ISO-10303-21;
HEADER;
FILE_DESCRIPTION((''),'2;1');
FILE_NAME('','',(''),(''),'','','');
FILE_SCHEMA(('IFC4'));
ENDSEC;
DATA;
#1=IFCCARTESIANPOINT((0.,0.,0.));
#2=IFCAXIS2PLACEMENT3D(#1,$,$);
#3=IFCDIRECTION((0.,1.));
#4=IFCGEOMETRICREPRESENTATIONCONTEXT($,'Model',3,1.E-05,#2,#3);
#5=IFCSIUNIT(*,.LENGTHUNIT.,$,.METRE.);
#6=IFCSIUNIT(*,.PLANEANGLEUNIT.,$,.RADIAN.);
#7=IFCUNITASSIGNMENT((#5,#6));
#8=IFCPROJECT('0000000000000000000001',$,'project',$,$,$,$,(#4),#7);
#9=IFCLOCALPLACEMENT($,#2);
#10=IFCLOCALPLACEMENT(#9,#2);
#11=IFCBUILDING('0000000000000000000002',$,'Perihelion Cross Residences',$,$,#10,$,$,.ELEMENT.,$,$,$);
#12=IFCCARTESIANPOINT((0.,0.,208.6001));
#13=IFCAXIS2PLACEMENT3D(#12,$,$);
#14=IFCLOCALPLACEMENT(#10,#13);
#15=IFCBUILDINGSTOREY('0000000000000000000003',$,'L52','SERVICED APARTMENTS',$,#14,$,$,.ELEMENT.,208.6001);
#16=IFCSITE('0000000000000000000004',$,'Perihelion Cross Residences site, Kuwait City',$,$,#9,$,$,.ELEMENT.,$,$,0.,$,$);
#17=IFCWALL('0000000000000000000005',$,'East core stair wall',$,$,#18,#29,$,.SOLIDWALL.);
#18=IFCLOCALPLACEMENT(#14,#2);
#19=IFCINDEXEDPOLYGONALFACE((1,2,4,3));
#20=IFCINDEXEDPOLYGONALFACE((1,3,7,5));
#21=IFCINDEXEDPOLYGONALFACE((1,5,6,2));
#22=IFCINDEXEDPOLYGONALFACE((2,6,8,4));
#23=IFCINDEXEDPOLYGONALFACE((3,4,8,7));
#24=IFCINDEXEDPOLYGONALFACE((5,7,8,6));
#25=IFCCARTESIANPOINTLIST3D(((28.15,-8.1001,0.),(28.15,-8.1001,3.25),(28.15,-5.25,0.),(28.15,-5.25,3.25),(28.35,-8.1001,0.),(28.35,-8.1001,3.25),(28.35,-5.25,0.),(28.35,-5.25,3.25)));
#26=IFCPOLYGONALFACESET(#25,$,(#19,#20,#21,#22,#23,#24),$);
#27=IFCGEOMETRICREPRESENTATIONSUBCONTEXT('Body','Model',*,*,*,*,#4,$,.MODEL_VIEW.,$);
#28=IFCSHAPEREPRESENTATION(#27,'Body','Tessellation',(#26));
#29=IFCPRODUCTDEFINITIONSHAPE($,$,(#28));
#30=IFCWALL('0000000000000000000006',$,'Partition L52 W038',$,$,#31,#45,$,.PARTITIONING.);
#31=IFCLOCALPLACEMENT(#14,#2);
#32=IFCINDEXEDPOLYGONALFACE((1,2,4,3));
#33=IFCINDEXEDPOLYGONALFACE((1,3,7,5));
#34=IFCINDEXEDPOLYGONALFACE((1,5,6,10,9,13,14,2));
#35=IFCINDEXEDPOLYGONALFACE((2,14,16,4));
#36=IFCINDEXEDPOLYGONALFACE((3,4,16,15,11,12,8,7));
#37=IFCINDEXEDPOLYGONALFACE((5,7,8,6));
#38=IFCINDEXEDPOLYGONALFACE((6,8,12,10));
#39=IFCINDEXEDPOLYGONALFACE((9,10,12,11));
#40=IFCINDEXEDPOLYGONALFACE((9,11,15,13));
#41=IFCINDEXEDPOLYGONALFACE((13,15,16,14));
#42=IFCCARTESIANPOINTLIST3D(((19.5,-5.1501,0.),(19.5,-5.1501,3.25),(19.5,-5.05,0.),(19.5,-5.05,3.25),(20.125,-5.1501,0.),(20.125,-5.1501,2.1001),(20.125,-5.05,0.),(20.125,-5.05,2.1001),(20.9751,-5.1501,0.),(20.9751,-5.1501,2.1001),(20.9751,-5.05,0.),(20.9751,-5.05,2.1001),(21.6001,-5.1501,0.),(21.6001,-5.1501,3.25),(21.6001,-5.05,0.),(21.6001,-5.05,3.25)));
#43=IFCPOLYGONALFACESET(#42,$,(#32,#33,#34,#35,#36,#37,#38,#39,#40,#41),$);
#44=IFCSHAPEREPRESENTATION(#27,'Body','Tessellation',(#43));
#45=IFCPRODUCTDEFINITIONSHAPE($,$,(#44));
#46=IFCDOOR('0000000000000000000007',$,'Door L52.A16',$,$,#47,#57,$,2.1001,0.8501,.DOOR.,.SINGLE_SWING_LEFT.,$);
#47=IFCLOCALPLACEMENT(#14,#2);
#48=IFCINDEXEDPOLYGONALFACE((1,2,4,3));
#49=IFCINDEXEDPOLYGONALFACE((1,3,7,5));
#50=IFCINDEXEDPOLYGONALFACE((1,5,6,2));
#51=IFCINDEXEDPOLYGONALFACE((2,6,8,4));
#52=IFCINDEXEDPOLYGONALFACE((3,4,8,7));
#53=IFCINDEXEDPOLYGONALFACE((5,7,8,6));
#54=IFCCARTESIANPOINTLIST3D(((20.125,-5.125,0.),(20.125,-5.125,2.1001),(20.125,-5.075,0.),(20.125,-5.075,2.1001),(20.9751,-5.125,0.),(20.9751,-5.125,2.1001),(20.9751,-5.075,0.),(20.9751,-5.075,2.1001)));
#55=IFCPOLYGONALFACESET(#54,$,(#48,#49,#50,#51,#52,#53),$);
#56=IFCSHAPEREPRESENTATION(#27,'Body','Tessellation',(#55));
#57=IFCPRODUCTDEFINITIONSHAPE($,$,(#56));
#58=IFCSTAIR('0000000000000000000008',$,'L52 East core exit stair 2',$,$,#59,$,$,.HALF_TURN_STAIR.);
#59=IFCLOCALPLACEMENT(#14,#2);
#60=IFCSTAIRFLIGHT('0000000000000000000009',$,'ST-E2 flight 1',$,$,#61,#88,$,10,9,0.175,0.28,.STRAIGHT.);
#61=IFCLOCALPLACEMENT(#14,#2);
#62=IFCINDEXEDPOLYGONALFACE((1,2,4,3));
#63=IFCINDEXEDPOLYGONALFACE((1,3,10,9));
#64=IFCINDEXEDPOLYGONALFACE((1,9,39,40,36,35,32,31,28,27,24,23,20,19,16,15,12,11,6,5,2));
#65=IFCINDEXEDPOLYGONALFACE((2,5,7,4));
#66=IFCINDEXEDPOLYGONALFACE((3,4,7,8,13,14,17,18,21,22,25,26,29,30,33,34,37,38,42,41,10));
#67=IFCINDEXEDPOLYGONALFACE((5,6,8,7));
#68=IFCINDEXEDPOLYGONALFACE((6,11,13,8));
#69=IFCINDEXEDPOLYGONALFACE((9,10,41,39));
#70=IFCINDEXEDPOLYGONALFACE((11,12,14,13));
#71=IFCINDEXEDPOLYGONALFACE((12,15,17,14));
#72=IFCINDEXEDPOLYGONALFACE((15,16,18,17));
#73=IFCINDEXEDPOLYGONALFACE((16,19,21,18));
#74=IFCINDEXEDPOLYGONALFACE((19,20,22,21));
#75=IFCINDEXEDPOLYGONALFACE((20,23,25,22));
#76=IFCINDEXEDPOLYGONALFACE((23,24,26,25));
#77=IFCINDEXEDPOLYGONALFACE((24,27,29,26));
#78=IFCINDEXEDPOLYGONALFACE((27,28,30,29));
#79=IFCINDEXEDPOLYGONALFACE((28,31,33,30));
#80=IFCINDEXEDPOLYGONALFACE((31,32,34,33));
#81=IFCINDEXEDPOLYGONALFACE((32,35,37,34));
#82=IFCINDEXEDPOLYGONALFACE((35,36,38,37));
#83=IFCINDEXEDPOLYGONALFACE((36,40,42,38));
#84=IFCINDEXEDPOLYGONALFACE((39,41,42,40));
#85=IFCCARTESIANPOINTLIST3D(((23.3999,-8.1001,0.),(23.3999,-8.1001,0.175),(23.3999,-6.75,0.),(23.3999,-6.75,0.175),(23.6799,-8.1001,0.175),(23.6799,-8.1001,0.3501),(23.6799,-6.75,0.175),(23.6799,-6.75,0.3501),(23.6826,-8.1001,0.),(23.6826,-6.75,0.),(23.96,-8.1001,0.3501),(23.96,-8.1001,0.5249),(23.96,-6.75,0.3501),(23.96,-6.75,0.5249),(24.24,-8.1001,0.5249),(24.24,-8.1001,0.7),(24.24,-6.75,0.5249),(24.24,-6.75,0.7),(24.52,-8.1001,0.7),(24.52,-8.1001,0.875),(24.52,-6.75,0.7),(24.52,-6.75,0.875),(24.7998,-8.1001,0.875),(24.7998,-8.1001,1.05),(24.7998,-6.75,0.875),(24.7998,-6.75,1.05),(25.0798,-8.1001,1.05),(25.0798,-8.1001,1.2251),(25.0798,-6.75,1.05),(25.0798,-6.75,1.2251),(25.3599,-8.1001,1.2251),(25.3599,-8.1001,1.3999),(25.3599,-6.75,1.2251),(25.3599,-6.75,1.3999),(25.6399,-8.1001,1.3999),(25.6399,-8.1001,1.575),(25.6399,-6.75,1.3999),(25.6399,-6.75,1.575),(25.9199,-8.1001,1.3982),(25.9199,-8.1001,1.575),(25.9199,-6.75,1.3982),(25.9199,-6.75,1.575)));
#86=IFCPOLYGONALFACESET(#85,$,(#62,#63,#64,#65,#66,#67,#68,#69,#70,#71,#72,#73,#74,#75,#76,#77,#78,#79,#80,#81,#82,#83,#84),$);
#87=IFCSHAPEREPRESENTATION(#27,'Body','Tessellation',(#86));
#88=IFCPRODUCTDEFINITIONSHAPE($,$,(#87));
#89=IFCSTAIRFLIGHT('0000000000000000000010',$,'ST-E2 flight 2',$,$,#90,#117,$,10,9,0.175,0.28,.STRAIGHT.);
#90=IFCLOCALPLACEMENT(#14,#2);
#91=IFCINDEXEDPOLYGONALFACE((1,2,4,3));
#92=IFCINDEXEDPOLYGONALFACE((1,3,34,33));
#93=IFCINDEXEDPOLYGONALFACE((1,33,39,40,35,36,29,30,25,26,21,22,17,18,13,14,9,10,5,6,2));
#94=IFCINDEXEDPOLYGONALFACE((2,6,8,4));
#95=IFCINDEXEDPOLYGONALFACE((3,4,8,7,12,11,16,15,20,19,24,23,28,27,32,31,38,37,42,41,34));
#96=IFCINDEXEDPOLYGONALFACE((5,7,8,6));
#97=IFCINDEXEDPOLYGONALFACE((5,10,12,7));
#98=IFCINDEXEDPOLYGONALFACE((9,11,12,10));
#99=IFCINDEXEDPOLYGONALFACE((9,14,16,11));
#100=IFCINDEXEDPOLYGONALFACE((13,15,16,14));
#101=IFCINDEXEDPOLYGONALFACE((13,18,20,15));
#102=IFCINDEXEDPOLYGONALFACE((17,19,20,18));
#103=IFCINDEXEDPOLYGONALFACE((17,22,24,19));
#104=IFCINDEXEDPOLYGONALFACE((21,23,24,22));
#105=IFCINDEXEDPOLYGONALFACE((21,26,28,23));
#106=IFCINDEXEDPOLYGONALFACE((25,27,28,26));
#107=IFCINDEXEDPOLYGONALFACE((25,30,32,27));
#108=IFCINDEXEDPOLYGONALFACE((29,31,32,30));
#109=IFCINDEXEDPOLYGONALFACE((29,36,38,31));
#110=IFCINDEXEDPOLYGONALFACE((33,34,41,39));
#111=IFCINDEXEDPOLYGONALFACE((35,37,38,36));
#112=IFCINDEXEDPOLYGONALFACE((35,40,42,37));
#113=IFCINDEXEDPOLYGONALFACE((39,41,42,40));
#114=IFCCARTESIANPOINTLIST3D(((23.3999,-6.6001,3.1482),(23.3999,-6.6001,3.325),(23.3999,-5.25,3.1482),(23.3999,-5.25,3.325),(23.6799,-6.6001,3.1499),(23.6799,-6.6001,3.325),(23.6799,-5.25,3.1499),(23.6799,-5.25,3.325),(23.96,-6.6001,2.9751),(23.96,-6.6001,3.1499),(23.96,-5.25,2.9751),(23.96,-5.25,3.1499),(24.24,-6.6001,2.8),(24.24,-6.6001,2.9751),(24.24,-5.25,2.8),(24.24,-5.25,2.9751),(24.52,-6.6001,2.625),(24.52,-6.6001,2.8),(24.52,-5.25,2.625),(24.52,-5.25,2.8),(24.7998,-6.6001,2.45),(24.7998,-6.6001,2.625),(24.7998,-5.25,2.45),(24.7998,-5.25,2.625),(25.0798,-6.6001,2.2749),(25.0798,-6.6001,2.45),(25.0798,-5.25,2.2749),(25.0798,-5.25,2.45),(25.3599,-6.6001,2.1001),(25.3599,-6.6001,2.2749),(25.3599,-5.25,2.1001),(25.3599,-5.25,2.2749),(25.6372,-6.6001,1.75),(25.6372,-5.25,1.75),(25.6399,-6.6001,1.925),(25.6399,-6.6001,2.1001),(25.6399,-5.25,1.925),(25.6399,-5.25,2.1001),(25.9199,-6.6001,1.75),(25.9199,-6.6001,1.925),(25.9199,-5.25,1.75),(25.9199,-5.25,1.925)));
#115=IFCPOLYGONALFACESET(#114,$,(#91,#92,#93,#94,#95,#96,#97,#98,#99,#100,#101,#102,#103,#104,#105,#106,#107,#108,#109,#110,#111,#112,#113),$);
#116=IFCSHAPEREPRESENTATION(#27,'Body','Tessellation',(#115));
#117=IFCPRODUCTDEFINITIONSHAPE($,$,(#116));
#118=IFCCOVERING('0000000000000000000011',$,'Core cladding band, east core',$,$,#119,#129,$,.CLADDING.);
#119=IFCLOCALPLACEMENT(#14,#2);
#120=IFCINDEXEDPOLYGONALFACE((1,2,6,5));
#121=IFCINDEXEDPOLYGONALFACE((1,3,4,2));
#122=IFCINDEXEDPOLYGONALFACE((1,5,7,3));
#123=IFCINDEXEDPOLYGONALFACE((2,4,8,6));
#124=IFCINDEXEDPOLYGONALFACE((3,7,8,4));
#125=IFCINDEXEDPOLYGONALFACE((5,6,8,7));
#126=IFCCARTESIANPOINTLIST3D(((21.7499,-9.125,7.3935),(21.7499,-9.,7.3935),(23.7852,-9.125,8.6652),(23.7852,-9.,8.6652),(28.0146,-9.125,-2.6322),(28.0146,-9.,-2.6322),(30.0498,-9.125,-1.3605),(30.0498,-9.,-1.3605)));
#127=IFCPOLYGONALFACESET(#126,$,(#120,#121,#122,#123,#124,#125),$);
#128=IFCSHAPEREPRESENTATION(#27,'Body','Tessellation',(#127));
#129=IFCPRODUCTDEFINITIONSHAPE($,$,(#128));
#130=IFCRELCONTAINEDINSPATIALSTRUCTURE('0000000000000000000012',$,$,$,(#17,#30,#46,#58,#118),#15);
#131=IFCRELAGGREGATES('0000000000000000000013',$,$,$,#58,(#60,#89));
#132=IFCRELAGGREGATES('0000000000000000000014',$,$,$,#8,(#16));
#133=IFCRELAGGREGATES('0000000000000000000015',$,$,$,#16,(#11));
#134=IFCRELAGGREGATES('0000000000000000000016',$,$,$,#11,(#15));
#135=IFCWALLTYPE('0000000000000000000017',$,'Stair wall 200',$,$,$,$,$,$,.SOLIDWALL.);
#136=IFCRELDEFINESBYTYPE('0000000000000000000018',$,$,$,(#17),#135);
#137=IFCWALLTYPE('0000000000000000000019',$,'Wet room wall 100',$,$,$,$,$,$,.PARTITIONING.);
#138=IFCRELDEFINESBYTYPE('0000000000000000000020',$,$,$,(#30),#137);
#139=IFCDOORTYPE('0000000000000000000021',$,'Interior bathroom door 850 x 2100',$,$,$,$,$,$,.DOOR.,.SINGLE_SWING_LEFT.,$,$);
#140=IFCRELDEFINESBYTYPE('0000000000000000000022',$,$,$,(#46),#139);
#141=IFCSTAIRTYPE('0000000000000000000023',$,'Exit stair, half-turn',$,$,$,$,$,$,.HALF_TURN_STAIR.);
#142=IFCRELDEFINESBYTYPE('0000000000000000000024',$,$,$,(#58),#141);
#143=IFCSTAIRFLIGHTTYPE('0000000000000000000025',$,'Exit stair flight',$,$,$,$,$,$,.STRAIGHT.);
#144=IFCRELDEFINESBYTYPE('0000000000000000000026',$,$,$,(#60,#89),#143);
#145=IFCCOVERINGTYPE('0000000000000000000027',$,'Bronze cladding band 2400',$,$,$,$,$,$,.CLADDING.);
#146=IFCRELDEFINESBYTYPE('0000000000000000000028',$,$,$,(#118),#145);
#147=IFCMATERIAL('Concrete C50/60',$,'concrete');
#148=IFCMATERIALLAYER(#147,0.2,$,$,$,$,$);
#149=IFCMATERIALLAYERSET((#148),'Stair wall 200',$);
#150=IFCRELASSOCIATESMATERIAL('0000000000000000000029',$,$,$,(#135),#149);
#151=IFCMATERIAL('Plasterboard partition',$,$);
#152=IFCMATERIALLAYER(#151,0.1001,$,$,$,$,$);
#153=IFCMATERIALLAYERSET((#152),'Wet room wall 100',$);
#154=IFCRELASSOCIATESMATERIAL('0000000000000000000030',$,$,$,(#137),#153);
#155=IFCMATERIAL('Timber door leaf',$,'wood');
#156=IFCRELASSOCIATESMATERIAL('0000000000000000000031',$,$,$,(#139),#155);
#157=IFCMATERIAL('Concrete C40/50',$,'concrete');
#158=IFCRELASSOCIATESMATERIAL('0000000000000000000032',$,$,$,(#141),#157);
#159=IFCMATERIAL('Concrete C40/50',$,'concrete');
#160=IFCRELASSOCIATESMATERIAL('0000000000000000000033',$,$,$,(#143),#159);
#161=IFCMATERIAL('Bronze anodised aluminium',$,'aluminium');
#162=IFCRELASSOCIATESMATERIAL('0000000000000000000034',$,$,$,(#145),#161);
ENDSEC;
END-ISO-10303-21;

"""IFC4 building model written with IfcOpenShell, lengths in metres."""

from ifc_helpers import new_model, si_unit, direction, frame, frame_2d, origin, origin_2d, place, context, subcontext, project, spatial, polyline, rectangle, outline, extrude, material, layer, layer_set, material_profile, profile_set, type_object, element, fill, aggregate, save


model = new_model("IFC4")

# Units and contexts
model_context = context("Model", 3, precision=1e-05, world=origin(), true_north=direction((0.0, 1.0)))
body_context = subcontext(model_context, "Body", "Model", "MODEL_VIEW")
ifc_project = project(units=[si_unit("LENGTHUNIT", "METRE"), si_unit("PLANEANGLEUNIT", "RADIAN")], contexts=[model_context])

# Site, building, storey
site_placement = place(None, origin())
site = spatial("IfcSite", under=ifc_project, at=site_placement, Name="Perihelion Cross Residences site, Kuwait City", CompositionType="ELEMENT", RefElevation=0.0)
building_placement = place(site_placement, origin())
building = spatial("IfcBuilding", under=site, at=building_placement, Name="Perihelion Cross Residences", CompositionType="ELEMENT")
storey_placement = place(building_placement, frame((0.0, 0.0, 208.6001)))
storey = spatial("IfcBuildingStorey", under=building, at=storey_placement, Name="L52", Description="SERVICED APARTMENTS", CompositionType="ELEMENT", Elevation=208.6001)

# Shared definitions
ifc_material_1 = material(Name="Concrete C50/60", Category="concrete")
ifc_layer_1 = layer(ifc_material_1, 0.2)
ifc_layer_set_1 = layer_set([ifc_layer_1], Name="Stair wall 200")
wall_type_1 = type_object("IfcWallType", Name="Stair wall 200", PredefinedType="SOLIDWALL", material=ifc_layer_set_1)

# Wall
wall_1_placement = place(storey_placement, frame((28.25, -8.1001, 0.0), z_axis=(0.0, 0.0, 1.0), x_axis=(0.0, 1.0, 0.0)))
element("IfcWall", 1, at=wall_1_placement, inside=storey, type_object=wall_type_1, Name="East core stair wall", PredefinedType="SOLIDWALL", context=body_context, shape_type="SweptSolid", body=[
    extrude(rectangle(XDim=2.8501, YDim=0.2, at=frame_2d((1.425, 0.0))), origin(), (0.0, 0.0, 1.0), 3.25),
])

# Wall, opening, door
ifc_material_2 = material(Name="Plasterboard partition")
ifc_layer_2 = layer(ifc_material_2, 0.1001)
ifc_layer_set_2 = layer_set([ifc_layer_2], Name="Wet room wall 100")
wall_type_2 = type_object("IfcWallType", Name="Wet room wall 100", PredefinedType="PARTITIONING", material=ifc_layer_set_2)
wall_2_placement = place(storey_placement, frame((21.6001, -5.1001, 0.0), z_axis=(0.0, 0.0, 1.0), x_axis=(-1.0, 0.0, 0.0)))
wall_2 = element("IfcWall", 2, at=wall_2_placement, inside=storey, type_object=wall_type_2, Name="Partition L52 W038", PredefinedType="PARTITIONING", context=body_context, shape_type="SweptSolid", body=[
    extrude(rectangle(XDim=2.1001, YDim=0.1001, at=frame_2d((1.05, 0.0))), origin(), (0.0, 0.0, 1.0), 3.25),
])
opening_1_placement = place(wall_2_placement, frame((0.625, 0.0, 0.0)))
opening_1 = element("IfcOpeningElement", 3, at=opening_1_placement, cuts=wall_2, PredefinedType="OPENING", context=body_context, shape_type="SweptSolid", body=[
    extrude(rectangle(XDim=0.8501, YDim=2.1001, at=frame_2d((0.425, 1.05))), frame((0.0, 0.0601, 0.0), z_axis=(0.0, -1.0, 0.0), x_axis=(1.0, 0.0, 0.0)), (0.0, 0.0, 1.0), 0.1201),
])
ifc_material_3 = material(Name="Timber door leaf", Category="wood")
door_type_1 = type_object("IfcDoorType", Name="Interior bathroom door 850 x 2100", OperationType="SINGLE_SWING_LEFT", PredefinedType="DOOR", material=ifc_material_3)
door_1_placement = place(opening_1_placement, origin())
door_1 = element("IfcDoor", 4, at=door_1_placement, inside=storey, type_object=door_type_1, Name="Door L52.A16", OperationType="SINGLE_SWING_LEFT", OverallHeight=2.1001, OverallWidth=0.8501, PredefinedType="DOOR", context=body_context, shape_type="SweptSolid", body=[
    extrude(rectangle(XDim=0.8501, YDim=2.1001, at=frame_2d((0.425, 1.05))), frame((0.0, 0.0249, 0.0), z_axis=(0.0, -1.0, 0.0), x_axis=(1.0, 0.0, 0.0)), (0.0, 0.0, 1.0), 0.05),
])
fill(opening_1, door_1)

# Stair, stair flights
ifc_material_4 = material(Name="Concrete C40/50", Category="concrete")
stair_type = type_object("IfcStairType", Name="Exit stair, half-turn", PredefinedType="HALF_TURN_STAIR", material=ifc_material_4)
stair_placement = place(storey_placement, origin())
stair = element("IfcStair", 5, at=stair_placement, inside=storey, type_object=stair_type, Name="L52 East core exit stair 2", PredefinedType="HALF_TURN_STAIR")
ifc_material_5 = material(Name="Concrete C40/50", Category="concrete")
stair_flight_type = type_object("IfcStairFlightType", Name="Exit stair flight", PredefinedType="STRAIGHT", material=ifc_material_5)
stair_flight_1_placement = place(storey_placement, frame((23.3999, -7.425, 0.0), z_axis=(0.0, 0.0, 1.0), x_axis=(1.0, 0.0, 0.0)))
stair_flight_1 = element("IfcStairFlight", 6, at=stair_flight_1_placement, type_object=stair_flight_type, Name="ST-E2 flight 1", NumberOfRisers=10, NumberOfTreads=9, PredefinedType="STRAIGHT", RiserHeight=0.175, TreadLength=0.28, context=body_context, shape_type="SweptSolid", body=[
    extrude(outline(polyline([(0.0, 0.0), (0.0, 0.175), (0.28, 0.175), (0.28, 0.3501), (0.5601, 0.3501), (0.5601, 0.5249), (0.8401, 0.5249), (0.8401, 0.7), (1.1201, 0.7), (1.1201, 0.875), (1.3999, 0.875), (1.3999, 1.05), (1.6799, 1.05), (1.6799, 1.2251), (1.96, 1.2251), (1.96, 1.3999), (2.24, 1.3999), (2.24, 1.575), (2.52, 1.575), (2.52, 1.75), (2.52, 1.3982), (0.2827, 0.0), (0.0, 0.0)])), frame((0.0, 0.675, 0.0), z_axis=(0.0, -1.0, 0.0), x_axis=(1.0, 0.0, 0.0)), (0.0, 0.0, 1.0), 1.3501),
])
stair_flight_2_placement = place(storey_placement, frame((25.9199, -5.925, 1.75), z_axis=(0.0, 0.0, 1.0), x_axis=(-1.0, 0.0, 0.0)))
stair_flight_2 = element("IfcStairFlight", 7, at=stair_flight_2_placement, type_object=stair_flight_type, Name="ST-E2 flight 2", NumberOfRisers=10, NumberOfTreads=9, PredefinedType="STRAIGHT", RiserHeight=0.175, TreadLength=0.28, context=body_context, shape_type="SweptSolid", body=[
    extrude(outline(polyline([(0.0, 0.0), (0.0, 0.175), (0.28, 0.175), (0.28, 0.3501), (0.5601, 0.3501), (0.5601, 0.5249), (0.8401, 0.5249), (0.8401, 0.7), (1.1201, 0.7), (1.1201, 0.875), (1.3999, 0.875), (1.3999, 1.05), (1.6799, 1.05), (1.6799, 1.2251), (1.96, 1.2251), (1.96, 1.3999), (2.24, 1.3999), (2.24, 1.575), (2.52, 1.575), (2.52, 1.75), (2.52, 1.3982), (0.2827, 0.0), (0.0, 0.0)])), frame((0.0, 0.675, 0.0), z_axis=(0.0, -1.0, 0.0), x_axis=(1.0, 0.0, 0.0)), (0.0, 0.0, 1.0), 1.3501),
])
aggregate(stair, [stair_flight_1, stair_flight_2])

# Covering
ifc_material_6 = material(Name="Bronze anodised aluminium", Category="aluminium")
ifc_material_profile = material_profile(ifc_material_6, rectangle(XDim=0.125, YDim=2.3999, at=origin_2d()), Name="Bronze cladding band 2400")
ifc_profile_set = profile_set([ifc_material_profile], Name="Bronze anodised aluminium")
covering_type = type_object("IfcCoveringType", Name="Bronze cladding band 2400", PredefinedType="CLADDING", material=ifc_profile_set)
covering_placement = place(storey_placement, frame((29.0322, -9.0625, -1.9963), z_axis=(-0.529915, 0.0, 0.848051), x_axis=(0.0, -1.0, 0.0)))
element("IfcCovering", 8, at=covering_placement, inside=storey, type_object=covering_type, Name="Core cladding band, east core", PredefinedType="CLADDING", context=body_context, shape_type="SweptSolid", body=[
    extrude(rectangle(XDim=0.125, YDim=2.3999, at=origin_2d()), origin(), (0.0, 0.0, 1.0), 11.822),
])

save(model, "model.ifc")
